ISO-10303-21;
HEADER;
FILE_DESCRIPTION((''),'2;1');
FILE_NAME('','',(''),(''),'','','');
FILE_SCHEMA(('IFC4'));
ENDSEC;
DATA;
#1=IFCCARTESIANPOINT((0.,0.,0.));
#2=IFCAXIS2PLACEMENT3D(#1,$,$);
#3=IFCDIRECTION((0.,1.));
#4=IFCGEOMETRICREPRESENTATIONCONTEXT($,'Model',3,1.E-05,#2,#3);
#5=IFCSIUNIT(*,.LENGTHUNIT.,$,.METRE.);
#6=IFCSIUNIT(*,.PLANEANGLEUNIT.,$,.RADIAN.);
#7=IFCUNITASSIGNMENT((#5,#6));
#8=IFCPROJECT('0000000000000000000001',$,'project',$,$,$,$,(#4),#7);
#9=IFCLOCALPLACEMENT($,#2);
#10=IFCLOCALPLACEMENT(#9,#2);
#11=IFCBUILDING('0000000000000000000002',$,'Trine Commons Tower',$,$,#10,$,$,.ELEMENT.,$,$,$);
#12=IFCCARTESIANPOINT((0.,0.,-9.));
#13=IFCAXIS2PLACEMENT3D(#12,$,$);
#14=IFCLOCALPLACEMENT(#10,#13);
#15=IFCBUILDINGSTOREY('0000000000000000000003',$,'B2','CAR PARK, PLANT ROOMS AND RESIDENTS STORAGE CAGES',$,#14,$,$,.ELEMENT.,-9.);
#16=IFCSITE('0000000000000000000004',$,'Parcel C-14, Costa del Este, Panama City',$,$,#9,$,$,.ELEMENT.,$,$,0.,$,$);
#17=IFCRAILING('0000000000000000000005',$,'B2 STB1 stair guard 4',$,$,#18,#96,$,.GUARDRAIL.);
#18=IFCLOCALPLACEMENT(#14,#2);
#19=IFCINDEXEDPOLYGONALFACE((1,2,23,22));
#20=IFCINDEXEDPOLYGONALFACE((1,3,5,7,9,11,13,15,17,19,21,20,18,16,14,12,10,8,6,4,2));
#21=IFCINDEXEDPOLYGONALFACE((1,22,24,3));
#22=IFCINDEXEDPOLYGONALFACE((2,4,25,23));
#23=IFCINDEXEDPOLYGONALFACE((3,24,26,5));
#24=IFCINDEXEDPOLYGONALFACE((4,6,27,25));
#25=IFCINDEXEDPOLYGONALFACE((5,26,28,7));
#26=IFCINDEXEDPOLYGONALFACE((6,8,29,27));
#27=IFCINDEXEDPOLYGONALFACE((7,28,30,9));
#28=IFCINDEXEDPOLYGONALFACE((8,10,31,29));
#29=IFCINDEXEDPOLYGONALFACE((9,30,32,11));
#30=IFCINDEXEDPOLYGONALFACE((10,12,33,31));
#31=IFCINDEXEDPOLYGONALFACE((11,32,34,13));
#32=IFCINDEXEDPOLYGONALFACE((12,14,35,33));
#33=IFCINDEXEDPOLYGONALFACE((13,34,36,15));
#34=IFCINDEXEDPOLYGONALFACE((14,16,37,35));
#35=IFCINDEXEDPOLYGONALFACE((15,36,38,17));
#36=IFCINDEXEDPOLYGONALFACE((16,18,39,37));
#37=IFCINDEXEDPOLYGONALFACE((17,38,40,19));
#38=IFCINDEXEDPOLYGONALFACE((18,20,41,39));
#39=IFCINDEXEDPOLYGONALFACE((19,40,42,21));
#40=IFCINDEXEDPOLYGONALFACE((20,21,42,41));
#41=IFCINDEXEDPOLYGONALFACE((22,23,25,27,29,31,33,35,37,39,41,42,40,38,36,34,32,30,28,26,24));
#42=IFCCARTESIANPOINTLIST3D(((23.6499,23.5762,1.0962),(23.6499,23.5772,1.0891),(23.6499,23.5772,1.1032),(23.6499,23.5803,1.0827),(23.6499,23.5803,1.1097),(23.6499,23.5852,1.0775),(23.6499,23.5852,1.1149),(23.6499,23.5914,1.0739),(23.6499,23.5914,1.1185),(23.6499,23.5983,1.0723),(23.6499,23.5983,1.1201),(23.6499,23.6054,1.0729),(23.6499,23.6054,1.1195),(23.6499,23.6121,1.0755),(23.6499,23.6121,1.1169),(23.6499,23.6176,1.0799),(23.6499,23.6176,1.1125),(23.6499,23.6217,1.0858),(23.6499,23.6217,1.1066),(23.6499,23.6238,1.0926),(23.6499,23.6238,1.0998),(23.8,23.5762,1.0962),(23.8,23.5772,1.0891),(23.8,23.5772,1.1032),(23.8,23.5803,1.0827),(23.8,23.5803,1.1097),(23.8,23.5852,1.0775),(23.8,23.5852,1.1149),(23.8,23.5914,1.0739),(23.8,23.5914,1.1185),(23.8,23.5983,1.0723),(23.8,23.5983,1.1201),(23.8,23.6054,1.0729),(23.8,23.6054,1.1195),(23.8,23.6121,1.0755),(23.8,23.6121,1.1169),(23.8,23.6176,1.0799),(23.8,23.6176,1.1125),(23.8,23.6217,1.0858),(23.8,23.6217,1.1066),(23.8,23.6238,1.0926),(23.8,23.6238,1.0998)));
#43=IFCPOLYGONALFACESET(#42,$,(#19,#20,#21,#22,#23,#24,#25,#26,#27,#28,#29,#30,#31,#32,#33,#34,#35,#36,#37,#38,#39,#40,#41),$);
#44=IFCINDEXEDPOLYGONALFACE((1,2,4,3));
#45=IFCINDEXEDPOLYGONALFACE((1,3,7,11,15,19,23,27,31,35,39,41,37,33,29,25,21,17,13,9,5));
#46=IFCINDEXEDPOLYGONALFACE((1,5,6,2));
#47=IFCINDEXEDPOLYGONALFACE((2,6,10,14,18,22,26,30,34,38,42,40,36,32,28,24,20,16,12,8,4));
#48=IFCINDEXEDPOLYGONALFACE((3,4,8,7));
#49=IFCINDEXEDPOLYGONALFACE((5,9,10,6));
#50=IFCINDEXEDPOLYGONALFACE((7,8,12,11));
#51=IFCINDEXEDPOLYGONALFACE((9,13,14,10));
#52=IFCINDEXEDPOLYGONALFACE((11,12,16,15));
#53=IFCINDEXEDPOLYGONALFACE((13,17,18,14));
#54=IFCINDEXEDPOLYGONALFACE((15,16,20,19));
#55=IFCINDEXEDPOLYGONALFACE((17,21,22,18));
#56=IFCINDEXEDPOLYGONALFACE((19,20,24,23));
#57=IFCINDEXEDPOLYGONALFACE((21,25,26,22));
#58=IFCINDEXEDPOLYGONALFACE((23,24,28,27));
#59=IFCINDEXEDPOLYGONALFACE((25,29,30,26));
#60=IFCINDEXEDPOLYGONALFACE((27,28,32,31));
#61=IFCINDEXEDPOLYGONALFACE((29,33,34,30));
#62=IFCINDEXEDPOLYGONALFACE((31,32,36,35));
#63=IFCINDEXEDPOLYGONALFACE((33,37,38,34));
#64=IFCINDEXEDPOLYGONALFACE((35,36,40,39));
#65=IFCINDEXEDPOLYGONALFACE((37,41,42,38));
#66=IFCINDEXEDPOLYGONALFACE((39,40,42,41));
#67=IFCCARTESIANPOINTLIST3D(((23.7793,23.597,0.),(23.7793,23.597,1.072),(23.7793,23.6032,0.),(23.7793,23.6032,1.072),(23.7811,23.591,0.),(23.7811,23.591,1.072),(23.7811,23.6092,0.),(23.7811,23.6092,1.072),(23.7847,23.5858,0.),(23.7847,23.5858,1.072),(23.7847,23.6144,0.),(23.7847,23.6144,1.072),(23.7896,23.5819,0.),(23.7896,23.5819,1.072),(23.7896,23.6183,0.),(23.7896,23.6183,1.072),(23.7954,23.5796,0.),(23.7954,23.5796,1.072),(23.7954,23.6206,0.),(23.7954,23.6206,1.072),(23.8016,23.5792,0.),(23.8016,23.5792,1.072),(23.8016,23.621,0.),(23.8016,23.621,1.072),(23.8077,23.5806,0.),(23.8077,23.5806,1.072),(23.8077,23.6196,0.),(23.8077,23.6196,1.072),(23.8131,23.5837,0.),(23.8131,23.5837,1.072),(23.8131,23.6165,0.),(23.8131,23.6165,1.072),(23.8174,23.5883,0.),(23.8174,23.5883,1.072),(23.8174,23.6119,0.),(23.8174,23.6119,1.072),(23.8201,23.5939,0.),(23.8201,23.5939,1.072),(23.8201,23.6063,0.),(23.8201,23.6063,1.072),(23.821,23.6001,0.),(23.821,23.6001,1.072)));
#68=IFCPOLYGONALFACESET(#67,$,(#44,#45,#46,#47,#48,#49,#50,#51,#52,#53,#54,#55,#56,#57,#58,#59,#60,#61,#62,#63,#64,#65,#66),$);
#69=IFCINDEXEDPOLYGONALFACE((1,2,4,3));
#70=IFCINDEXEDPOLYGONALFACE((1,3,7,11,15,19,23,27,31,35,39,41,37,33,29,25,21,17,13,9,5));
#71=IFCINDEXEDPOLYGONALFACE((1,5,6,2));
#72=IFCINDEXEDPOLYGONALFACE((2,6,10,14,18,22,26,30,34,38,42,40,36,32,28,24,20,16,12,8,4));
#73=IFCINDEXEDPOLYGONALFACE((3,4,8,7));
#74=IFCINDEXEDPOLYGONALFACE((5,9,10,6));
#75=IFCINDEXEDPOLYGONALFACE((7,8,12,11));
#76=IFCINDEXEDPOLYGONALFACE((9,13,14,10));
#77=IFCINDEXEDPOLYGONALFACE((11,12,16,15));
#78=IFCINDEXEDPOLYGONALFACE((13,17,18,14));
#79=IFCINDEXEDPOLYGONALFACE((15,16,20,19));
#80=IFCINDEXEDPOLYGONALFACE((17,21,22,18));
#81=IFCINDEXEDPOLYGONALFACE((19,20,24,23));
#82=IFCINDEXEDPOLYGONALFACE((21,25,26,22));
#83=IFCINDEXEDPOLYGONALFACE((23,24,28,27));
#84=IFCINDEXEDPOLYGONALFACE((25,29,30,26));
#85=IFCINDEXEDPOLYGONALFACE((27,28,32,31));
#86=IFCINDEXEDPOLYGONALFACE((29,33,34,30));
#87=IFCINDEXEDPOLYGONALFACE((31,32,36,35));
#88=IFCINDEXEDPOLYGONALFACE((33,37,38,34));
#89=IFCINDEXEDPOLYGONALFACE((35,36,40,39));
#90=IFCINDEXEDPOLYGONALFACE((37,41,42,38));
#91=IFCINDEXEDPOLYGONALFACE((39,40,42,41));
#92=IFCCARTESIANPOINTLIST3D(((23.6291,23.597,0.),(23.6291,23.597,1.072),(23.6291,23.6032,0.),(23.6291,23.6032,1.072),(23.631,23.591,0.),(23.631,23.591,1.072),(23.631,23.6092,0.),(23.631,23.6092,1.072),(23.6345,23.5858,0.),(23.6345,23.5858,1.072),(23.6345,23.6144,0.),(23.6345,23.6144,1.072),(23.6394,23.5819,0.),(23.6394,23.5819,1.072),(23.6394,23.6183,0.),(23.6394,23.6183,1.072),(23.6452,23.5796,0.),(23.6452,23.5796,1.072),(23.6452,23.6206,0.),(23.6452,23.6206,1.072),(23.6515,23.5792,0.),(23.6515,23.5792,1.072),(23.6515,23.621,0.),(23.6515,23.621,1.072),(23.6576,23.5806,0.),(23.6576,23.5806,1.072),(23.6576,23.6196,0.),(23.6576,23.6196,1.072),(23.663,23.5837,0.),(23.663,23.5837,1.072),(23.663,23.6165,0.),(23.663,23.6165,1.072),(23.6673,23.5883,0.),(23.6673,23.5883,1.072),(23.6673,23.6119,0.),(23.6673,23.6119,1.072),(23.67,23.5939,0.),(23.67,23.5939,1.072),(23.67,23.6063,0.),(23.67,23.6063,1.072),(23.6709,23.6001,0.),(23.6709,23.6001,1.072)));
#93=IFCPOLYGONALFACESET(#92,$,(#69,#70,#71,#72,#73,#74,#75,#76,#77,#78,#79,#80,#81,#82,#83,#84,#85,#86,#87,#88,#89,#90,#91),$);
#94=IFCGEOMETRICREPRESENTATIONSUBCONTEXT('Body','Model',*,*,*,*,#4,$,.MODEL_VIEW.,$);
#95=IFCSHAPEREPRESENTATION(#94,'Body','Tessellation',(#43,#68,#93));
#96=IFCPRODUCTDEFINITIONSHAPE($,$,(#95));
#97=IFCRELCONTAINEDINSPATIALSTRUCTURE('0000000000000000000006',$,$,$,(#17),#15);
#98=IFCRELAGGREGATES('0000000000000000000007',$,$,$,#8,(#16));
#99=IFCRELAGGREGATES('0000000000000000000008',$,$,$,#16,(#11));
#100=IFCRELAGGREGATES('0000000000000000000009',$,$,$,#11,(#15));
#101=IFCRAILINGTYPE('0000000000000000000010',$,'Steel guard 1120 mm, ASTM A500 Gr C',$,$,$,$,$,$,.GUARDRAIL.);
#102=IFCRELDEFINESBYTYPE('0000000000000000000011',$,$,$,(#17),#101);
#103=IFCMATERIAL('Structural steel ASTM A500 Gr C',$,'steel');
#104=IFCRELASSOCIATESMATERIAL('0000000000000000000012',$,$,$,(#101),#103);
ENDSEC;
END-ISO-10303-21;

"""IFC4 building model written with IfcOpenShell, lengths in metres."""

from ifc_helpers import new_model, si_unit, direction, frame, origin, origin_2d, place, context, subcontext, project, spatial, circle, extrude, material, type_object, element, save


model = new_model("IFC4")

# Units and contexts
model_context = context("Model", 3, precision=1e-05, world=origin(), true_north=direction((0.0, 1.0)))
body_context = subcontext(model_context, "Body", "Model", "MODEL_VIEW")
ifc_project = project(units=[si_unit("LENGTHUNIT", "METRE"), si_unit("PLANEANGLEUNIT", "RADIAN")], contexts=[model_context])

# Site, building, storey
site_placement = place(None, origin())
site = spatial("IfcSite", under=ifc_project, at=site_placement, Name="Parcel C-14, Costa del Este, Panama City", CompositionType="ELEMENT", RefElevation=0.0)
building_placement = place(site_placement, origin())
building = spatial("IfcBuilding", under=site, at=building_placement, Name="Trine Commons Tower", CompositionType="ELEMENT")
storey_placement = place(building_placement, frame((0.0, 0.0, -9.0)))
storey = spatial("IfcBuildingStorey", under=building, at=storey_placement, Name="B2", Description="CAR PARK, PLANT ROOMS AND RESIDENTS STORAGE CAGES", CompositionType="ELEMENT", Elevation=-9.0)

# Railing
ifc_material_1 = material(Name="Structural steel ASTM A500 Gr C", Category="steel")
railing_type = type_object("IfcRailingType", Name="Steel guard 1120 mm, ASTM A500 Gr C", PredefinedType="GUARDRAIL", material=ifc_material_1)
railing_1_placement = place(storey_placement, frame((23.8, 23.6001, 0.0)))
element("IfcRailing", 1, at=railing_1_placement, inside=storey, type_object=railing_type, Name="B2 STB1 stair guard 4", PredefinedType="GUARDRAIL", context=body_context, shape_type="SweptSolid", body=[
    extrude(circle(Radius=0.0239, at=origin_2d()), frame((0.0, 0.0, 1.0962), z_axis=(-1.0, 0.0, 0.0), x_axis=(0.0, -1.0, 0.0)), (0.0, 0.0, 1.0), 0.1501),
    extrude(circle(Radius=0.021, at=origin_2d()), origin(), (0.0, 0.0, 1.0), 1.072),
    extrude(circle(Radius=0.021, at=origin_2d()), frame((-0.1501, 0.0, 0.0)), (0.0, 0.0, 1.0), 1.072),
])

save(model, "model.ifc")
